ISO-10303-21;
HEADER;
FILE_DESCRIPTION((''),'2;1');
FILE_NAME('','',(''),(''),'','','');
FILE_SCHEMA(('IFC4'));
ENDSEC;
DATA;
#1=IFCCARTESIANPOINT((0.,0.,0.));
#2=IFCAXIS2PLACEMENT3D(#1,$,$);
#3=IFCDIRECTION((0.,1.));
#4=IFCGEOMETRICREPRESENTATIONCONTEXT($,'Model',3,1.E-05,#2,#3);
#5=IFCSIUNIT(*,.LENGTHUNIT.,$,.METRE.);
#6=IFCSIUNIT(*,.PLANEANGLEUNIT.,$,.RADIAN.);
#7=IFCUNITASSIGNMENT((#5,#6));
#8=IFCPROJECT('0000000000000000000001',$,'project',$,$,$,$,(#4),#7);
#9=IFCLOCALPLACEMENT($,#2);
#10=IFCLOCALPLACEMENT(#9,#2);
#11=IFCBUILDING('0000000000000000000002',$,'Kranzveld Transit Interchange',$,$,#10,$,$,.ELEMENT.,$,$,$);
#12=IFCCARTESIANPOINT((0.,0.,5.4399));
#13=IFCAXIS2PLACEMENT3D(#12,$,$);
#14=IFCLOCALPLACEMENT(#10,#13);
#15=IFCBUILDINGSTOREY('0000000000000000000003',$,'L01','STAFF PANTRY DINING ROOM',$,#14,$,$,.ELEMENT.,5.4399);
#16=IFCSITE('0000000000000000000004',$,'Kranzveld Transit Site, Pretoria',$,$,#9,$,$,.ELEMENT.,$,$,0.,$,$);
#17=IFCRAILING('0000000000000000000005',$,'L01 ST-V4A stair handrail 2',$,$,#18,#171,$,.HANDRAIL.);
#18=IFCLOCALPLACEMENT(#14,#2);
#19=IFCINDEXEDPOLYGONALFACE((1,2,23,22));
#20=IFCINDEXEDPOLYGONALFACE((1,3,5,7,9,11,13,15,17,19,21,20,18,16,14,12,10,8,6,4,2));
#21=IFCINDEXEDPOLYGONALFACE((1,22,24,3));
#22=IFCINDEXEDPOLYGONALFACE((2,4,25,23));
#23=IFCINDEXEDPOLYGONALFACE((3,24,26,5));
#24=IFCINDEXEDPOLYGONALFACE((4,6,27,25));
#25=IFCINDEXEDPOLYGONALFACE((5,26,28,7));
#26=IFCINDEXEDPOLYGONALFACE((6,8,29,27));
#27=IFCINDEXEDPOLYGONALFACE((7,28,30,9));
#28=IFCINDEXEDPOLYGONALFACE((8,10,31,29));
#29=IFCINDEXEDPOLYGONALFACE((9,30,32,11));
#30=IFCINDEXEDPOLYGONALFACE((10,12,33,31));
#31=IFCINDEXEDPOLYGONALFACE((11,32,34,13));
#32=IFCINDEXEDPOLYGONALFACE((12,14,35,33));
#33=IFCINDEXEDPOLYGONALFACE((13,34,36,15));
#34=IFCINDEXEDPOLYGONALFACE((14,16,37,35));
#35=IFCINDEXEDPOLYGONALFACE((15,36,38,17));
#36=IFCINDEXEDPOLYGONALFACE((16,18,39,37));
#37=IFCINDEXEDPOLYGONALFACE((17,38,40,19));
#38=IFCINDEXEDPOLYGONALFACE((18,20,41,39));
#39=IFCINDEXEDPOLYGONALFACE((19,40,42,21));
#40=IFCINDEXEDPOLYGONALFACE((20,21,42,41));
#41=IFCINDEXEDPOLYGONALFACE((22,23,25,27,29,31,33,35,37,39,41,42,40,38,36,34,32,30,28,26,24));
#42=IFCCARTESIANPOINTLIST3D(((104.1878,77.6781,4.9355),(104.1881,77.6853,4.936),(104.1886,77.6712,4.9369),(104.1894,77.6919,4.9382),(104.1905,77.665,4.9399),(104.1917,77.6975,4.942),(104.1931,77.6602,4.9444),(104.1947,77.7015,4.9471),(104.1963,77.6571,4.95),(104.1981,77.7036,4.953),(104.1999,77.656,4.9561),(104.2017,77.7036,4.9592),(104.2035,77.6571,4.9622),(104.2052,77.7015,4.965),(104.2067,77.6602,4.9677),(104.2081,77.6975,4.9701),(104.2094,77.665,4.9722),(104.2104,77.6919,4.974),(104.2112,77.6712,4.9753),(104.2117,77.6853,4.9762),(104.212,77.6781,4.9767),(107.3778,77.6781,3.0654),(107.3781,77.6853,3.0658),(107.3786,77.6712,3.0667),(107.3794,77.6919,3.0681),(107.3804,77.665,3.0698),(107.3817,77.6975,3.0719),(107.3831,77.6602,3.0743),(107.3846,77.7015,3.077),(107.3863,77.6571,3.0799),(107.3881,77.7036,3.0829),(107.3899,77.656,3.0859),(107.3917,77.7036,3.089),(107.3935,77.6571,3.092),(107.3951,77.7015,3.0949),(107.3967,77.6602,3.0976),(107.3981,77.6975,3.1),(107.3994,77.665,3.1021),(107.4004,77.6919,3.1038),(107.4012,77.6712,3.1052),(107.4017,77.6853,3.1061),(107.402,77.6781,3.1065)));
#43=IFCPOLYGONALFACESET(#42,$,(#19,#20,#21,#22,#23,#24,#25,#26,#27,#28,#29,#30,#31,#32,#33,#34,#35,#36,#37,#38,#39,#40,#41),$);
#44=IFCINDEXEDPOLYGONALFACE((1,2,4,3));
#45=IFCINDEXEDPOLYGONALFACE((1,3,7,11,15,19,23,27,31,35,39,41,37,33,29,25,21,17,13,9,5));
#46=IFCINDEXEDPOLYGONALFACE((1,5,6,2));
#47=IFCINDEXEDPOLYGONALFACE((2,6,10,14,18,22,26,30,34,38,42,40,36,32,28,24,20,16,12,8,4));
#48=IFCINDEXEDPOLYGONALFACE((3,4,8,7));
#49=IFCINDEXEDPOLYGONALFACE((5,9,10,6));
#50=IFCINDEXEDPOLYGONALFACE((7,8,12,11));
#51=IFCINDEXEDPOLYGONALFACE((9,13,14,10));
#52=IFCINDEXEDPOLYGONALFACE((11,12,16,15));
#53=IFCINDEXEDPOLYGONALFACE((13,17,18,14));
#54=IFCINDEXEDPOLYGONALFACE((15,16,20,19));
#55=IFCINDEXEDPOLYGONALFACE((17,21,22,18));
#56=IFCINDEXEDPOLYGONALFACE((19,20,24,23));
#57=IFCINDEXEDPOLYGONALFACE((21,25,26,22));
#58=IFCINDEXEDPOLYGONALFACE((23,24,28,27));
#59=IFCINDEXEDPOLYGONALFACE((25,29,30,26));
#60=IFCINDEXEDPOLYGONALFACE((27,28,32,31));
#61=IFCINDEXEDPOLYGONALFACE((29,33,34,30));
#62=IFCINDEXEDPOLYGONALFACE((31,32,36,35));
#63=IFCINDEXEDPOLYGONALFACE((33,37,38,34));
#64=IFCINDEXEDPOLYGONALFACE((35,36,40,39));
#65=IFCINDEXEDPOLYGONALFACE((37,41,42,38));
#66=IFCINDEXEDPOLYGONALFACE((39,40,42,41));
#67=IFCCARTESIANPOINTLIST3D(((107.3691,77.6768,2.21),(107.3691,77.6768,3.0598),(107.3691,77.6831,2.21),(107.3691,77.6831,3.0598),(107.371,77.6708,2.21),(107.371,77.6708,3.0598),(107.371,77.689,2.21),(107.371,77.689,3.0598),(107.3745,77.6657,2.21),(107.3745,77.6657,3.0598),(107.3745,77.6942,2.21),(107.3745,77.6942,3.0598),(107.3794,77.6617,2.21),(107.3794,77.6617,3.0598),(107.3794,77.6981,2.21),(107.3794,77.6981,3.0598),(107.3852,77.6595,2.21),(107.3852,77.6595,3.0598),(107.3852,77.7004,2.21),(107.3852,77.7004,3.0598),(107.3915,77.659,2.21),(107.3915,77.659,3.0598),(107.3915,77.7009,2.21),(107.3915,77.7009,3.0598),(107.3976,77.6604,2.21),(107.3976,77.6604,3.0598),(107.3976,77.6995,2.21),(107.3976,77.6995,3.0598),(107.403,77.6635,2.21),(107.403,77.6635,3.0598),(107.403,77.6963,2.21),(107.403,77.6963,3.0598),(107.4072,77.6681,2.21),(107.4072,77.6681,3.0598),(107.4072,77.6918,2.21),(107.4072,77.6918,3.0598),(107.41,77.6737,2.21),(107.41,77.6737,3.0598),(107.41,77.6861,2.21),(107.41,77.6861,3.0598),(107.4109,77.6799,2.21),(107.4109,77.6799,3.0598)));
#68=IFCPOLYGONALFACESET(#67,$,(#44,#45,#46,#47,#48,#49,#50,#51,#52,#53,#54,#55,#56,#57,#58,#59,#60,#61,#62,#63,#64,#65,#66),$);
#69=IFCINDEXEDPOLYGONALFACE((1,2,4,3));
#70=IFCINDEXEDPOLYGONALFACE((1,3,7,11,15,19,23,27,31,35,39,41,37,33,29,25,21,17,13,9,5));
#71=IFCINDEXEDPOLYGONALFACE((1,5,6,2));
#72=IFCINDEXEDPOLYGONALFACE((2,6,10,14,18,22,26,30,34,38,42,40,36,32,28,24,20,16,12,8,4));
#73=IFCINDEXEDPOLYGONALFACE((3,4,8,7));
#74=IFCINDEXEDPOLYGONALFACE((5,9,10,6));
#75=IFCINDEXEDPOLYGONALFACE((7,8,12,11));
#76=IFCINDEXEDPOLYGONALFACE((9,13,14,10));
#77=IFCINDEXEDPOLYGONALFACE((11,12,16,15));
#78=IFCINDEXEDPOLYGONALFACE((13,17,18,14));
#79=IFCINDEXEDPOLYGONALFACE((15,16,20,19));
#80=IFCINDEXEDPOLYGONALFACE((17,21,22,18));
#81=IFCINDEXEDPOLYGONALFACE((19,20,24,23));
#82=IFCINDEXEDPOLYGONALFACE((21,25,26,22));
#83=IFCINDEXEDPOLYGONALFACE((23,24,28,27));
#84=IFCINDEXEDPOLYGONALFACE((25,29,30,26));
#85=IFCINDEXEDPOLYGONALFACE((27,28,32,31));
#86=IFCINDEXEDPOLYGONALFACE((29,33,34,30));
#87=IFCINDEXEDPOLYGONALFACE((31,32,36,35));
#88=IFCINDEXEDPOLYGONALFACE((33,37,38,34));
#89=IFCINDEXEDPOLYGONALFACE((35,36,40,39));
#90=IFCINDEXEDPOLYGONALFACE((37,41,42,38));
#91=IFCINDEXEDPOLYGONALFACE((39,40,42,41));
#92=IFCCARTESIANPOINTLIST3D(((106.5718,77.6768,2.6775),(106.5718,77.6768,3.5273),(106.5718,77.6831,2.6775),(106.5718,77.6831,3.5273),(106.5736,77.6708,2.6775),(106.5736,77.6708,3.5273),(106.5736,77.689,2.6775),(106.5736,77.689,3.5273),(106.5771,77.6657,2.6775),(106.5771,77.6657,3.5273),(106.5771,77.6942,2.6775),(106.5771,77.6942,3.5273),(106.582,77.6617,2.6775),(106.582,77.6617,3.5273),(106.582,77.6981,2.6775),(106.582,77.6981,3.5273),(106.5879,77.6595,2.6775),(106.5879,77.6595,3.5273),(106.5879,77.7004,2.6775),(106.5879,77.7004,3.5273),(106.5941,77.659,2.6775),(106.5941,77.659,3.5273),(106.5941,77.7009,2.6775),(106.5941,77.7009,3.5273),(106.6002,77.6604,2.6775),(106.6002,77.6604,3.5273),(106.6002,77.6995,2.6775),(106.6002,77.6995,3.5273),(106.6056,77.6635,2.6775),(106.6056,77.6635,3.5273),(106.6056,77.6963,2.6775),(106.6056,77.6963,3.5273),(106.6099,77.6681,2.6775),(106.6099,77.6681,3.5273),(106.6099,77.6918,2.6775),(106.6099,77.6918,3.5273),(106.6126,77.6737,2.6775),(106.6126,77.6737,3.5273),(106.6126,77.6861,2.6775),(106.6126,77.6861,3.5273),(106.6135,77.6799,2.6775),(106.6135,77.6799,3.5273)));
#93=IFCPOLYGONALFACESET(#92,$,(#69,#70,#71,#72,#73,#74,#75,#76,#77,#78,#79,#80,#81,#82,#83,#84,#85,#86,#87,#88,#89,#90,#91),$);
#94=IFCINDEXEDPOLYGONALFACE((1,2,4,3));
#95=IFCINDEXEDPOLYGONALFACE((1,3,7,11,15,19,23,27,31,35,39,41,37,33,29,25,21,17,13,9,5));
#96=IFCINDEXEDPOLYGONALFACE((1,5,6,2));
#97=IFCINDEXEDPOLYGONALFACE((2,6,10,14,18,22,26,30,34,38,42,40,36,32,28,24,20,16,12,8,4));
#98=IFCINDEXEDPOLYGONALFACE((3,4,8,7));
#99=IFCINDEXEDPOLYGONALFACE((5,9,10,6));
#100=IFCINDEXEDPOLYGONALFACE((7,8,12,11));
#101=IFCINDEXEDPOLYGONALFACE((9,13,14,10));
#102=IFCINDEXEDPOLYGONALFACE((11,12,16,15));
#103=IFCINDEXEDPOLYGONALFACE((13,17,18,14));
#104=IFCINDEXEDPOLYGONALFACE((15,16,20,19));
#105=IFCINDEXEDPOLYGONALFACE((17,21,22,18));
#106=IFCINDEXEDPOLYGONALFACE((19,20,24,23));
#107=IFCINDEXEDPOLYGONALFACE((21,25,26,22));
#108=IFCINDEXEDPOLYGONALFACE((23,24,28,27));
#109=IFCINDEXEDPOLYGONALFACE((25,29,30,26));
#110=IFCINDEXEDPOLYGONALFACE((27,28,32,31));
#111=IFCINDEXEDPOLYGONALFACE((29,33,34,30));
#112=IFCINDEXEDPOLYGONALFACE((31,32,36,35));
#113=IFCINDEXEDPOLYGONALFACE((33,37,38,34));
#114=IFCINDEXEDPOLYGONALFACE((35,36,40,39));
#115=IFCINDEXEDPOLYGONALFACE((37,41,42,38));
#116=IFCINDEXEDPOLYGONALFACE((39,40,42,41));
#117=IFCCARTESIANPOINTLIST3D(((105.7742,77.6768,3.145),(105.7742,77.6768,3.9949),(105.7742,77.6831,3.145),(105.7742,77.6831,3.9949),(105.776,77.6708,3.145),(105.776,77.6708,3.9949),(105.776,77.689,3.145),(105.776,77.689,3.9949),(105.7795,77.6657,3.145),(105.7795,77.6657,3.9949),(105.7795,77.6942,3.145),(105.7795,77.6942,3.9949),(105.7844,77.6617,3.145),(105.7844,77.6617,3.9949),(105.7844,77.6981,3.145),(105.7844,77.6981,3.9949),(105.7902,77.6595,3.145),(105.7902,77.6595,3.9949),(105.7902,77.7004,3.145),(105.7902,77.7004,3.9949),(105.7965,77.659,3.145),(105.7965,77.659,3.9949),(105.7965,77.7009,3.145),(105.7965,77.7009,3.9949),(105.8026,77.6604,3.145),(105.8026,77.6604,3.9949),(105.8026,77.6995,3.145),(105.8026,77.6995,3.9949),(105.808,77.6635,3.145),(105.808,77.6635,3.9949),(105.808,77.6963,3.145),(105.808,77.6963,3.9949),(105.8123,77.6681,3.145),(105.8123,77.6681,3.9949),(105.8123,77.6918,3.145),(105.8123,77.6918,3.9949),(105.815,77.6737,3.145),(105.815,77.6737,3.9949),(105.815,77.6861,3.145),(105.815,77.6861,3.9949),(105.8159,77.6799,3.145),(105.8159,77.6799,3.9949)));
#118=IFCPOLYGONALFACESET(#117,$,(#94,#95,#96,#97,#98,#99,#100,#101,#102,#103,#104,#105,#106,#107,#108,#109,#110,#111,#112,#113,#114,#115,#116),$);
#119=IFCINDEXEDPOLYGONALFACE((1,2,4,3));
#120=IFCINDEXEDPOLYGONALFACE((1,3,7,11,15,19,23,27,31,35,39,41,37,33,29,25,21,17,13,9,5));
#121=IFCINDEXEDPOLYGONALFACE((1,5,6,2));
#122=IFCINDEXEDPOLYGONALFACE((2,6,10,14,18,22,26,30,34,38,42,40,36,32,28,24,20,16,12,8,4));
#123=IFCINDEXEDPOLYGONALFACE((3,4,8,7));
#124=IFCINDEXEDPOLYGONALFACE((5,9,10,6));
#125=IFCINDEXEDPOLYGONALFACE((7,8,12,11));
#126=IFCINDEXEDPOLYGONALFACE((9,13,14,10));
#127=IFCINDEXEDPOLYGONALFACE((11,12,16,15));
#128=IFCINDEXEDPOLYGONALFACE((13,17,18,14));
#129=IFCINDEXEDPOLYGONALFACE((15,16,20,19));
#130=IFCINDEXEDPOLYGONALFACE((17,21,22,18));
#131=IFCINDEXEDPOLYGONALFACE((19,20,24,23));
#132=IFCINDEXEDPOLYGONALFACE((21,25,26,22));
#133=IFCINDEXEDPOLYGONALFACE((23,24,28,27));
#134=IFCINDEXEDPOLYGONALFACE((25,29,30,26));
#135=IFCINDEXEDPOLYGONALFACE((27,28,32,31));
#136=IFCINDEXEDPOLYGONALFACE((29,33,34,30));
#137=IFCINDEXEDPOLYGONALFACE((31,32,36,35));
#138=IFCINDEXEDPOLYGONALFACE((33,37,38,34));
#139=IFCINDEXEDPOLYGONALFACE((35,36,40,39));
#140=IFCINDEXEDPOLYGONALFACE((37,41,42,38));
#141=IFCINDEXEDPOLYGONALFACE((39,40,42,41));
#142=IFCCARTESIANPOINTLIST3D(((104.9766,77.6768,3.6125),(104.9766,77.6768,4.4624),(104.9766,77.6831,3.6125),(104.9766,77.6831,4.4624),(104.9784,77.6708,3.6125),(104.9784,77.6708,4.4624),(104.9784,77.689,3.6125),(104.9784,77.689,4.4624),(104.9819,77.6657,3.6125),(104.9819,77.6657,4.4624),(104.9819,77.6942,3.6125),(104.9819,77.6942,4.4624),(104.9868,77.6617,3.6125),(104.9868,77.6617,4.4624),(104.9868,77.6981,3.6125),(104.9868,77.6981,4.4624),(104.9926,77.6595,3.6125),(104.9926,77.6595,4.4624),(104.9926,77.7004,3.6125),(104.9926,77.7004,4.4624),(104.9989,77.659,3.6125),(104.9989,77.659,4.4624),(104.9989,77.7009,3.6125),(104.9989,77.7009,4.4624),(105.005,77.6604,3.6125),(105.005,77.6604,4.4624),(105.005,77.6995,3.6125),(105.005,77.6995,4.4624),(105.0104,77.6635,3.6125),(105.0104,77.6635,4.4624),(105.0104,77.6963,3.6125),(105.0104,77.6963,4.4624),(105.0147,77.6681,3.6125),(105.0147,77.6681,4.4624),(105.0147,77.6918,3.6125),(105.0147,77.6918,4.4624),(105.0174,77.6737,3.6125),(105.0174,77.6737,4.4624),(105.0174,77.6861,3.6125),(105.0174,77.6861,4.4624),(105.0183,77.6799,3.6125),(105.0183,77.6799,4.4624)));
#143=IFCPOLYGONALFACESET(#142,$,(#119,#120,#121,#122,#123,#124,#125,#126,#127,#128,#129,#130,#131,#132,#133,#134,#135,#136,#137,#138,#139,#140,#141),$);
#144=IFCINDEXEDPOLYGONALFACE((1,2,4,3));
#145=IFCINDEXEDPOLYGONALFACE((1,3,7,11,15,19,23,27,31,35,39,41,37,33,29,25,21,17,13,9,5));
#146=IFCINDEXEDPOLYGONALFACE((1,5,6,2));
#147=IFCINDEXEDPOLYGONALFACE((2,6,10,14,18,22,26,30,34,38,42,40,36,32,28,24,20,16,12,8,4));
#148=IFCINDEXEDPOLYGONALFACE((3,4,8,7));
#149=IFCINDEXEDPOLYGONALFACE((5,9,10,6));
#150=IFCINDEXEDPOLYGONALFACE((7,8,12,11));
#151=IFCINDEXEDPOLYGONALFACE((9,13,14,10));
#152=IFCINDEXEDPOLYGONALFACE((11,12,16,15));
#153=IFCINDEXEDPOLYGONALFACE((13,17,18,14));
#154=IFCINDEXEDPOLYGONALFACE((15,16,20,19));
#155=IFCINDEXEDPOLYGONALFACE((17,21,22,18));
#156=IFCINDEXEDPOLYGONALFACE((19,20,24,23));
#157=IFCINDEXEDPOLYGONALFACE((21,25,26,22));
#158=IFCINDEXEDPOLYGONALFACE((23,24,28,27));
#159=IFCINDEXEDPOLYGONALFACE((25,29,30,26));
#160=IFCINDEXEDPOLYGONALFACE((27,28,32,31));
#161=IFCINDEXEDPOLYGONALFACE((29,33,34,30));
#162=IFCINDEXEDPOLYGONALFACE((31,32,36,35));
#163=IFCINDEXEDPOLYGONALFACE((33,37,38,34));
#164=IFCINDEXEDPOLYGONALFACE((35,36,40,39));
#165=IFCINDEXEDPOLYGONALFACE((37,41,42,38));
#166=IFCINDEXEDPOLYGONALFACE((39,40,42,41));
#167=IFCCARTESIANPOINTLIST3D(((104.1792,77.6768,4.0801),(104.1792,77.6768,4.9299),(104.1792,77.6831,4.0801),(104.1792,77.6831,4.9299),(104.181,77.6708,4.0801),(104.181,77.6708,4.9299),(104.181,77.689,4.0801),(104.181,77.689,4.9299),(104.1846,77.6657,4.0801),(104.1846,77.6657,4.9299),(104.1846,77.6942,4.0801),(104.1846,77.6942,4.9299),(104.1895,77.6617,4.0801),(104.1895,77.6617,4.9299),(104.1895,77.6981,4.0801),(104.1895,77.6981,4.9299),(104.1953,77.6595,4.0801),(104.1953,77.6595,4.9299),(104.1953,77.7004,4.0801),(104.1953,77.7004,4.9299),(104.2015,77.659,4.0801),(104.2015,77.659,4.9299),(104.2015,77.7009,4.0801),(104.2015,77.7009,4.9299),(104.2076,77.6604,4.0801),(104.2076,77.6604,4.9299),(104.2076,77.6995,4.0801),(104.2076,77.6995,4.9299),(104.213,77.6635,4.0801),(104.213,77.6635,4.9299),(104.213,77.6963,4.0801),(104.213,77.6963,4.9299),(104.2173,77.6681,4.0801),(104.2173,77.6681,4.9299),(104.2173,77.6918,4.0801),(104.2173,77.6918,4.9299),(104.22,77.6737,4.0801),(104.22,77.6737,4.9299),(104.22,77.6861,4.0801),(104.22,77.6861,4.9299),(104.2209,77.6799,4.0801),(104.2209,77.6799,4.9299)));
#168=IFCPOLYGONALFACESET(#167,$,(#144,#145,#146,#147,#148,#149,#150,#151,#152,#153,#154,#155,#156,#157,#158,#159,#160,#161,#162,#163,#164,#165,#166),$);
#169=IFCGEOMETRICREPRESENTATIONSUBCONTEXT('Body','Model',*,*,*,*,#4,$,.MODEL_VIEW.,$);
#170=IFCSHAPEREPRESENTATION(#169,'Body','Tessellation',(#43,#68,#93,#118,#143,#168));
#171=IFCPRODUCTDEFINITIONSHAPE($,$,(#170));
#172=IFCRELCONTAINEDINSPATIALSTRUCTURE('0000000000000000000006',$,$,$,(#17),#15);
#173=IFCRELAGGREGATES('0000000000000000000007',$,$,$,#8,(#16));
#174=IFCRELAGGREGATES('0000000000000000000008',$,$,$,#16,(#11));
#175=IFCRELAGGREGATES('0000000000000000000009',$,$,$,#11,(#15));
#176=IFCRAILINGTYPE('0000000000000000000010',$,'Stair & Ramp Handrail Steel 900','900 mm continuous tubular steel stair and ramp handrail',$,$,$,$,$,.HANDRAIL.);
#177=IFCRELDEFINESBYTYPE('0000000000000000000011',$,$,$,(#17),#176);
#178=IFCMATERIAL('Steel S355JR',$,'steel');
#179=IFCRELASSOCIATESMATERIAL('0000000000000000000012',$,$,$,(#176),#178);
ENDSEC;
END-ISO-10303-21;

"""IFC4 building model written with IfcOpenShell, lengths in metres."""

from ifc_helpers import new_model, si_unit, direction, frame, origin, origin_2d, place, context, subcontext, project, spatial, circle, extrude, material, type_object, element, save


model = new_model("IFC4")

# Units and contexts
model_context = context("Model", 3, precision=1e-05, world=origin(), true_north=direction((0.0, 1.0)))
body_context = subcontext(model_context, "Body", "Model", "MODEL_VIEW")
ifc_project = project(units=[si_unit("LENGTHUNIT", "METRE"), si_unit("PLANEANGLEUNIT", "RADIAN")], contexts=[model_context])

# Site, building, storey
site_placement = place(None, origin())
site = spatial("IfcSite", under=ifc_project, at=site_placement, Name="Kranzveld Transit Site, Pretoria", CompositionType="ELEMENT", RefElevation=0.0)
building_placement = place(site_placement, origin())
building = spatial("IfcBuilding", under=site, at=building_placement, Name="Kranzveld Transit Interchange", CompositionType="ELEMENT")
storey_placement = place(building_placement, frame((0.0, 0.0, 5.4399)))
storey = spatial("IfcBuildingStorey", under=building, at=storey_placement, Name="L01", Description="STAFF PANTRY DINING ROOM", CompositionType="ELEMENT", Elevation=5.4399)

# Railing
ifc_material_1 = material(Name="Steel S355JR", Category="steel")
railing_type_1 = type_object("IfcRailingType", Name="Stair & Ramp Handrail Steel 900", Description="900 mm continuous tubular steel stair and ramp handrail", PredefinedType="HANDRAIL", material=ifc_material_1)
railing_1_placement = place(storey_placement, frame((107.3899, 77.6799, 2.21)))
element("IfcRailing", 1, at=railing_1_placement, inside=storey, type_object=railing_type_1, Name="L01 ST-V4A stair handrail 2", PredefinedType="HANDRAIL", context=body_context, shape_type="SweptSolid", body=[
    extrude(circle(Radius=0.0239, at=origin_2d()), frame((0.0, 0.0, 0.876), z_axis=(-0.86268, 0.0, 0.50575), x_axis=(0.0, -1.0, 0.0)), (0.0, 0.0, 1.0), 3.6978),
    extrude(circle(Radius=0.021, at=origin_2d()), origin(), (0.0, 0.0, 1.0), 0.8499),
    extrude(circle(Radius=0.021, at=origin_2d()), frame((-0.7974, 0.0, 0.4675)), (0.0, 0.0, 1.0), 0.8499),
    extrude(circle(Radius=0.021, at=origin_2d()), frame((-1.595, 0.0, 0.9351)), (0.0, 0.0, 1.0), 0.8499),
    extrude(circle(Radius=0.021, at=origin_2d()), frame((-2.3926, 0.0, 1.4026)), (0.0, 0.0, 1.0), 0.8499),
    extrude(circle(Radius=0.021, at=origin_2d()), frame((-3.1899, 0.0, 1.8701)), (0.0, 0.0, 1.0), 0.8499),
])

save(model, "model.ifc")
